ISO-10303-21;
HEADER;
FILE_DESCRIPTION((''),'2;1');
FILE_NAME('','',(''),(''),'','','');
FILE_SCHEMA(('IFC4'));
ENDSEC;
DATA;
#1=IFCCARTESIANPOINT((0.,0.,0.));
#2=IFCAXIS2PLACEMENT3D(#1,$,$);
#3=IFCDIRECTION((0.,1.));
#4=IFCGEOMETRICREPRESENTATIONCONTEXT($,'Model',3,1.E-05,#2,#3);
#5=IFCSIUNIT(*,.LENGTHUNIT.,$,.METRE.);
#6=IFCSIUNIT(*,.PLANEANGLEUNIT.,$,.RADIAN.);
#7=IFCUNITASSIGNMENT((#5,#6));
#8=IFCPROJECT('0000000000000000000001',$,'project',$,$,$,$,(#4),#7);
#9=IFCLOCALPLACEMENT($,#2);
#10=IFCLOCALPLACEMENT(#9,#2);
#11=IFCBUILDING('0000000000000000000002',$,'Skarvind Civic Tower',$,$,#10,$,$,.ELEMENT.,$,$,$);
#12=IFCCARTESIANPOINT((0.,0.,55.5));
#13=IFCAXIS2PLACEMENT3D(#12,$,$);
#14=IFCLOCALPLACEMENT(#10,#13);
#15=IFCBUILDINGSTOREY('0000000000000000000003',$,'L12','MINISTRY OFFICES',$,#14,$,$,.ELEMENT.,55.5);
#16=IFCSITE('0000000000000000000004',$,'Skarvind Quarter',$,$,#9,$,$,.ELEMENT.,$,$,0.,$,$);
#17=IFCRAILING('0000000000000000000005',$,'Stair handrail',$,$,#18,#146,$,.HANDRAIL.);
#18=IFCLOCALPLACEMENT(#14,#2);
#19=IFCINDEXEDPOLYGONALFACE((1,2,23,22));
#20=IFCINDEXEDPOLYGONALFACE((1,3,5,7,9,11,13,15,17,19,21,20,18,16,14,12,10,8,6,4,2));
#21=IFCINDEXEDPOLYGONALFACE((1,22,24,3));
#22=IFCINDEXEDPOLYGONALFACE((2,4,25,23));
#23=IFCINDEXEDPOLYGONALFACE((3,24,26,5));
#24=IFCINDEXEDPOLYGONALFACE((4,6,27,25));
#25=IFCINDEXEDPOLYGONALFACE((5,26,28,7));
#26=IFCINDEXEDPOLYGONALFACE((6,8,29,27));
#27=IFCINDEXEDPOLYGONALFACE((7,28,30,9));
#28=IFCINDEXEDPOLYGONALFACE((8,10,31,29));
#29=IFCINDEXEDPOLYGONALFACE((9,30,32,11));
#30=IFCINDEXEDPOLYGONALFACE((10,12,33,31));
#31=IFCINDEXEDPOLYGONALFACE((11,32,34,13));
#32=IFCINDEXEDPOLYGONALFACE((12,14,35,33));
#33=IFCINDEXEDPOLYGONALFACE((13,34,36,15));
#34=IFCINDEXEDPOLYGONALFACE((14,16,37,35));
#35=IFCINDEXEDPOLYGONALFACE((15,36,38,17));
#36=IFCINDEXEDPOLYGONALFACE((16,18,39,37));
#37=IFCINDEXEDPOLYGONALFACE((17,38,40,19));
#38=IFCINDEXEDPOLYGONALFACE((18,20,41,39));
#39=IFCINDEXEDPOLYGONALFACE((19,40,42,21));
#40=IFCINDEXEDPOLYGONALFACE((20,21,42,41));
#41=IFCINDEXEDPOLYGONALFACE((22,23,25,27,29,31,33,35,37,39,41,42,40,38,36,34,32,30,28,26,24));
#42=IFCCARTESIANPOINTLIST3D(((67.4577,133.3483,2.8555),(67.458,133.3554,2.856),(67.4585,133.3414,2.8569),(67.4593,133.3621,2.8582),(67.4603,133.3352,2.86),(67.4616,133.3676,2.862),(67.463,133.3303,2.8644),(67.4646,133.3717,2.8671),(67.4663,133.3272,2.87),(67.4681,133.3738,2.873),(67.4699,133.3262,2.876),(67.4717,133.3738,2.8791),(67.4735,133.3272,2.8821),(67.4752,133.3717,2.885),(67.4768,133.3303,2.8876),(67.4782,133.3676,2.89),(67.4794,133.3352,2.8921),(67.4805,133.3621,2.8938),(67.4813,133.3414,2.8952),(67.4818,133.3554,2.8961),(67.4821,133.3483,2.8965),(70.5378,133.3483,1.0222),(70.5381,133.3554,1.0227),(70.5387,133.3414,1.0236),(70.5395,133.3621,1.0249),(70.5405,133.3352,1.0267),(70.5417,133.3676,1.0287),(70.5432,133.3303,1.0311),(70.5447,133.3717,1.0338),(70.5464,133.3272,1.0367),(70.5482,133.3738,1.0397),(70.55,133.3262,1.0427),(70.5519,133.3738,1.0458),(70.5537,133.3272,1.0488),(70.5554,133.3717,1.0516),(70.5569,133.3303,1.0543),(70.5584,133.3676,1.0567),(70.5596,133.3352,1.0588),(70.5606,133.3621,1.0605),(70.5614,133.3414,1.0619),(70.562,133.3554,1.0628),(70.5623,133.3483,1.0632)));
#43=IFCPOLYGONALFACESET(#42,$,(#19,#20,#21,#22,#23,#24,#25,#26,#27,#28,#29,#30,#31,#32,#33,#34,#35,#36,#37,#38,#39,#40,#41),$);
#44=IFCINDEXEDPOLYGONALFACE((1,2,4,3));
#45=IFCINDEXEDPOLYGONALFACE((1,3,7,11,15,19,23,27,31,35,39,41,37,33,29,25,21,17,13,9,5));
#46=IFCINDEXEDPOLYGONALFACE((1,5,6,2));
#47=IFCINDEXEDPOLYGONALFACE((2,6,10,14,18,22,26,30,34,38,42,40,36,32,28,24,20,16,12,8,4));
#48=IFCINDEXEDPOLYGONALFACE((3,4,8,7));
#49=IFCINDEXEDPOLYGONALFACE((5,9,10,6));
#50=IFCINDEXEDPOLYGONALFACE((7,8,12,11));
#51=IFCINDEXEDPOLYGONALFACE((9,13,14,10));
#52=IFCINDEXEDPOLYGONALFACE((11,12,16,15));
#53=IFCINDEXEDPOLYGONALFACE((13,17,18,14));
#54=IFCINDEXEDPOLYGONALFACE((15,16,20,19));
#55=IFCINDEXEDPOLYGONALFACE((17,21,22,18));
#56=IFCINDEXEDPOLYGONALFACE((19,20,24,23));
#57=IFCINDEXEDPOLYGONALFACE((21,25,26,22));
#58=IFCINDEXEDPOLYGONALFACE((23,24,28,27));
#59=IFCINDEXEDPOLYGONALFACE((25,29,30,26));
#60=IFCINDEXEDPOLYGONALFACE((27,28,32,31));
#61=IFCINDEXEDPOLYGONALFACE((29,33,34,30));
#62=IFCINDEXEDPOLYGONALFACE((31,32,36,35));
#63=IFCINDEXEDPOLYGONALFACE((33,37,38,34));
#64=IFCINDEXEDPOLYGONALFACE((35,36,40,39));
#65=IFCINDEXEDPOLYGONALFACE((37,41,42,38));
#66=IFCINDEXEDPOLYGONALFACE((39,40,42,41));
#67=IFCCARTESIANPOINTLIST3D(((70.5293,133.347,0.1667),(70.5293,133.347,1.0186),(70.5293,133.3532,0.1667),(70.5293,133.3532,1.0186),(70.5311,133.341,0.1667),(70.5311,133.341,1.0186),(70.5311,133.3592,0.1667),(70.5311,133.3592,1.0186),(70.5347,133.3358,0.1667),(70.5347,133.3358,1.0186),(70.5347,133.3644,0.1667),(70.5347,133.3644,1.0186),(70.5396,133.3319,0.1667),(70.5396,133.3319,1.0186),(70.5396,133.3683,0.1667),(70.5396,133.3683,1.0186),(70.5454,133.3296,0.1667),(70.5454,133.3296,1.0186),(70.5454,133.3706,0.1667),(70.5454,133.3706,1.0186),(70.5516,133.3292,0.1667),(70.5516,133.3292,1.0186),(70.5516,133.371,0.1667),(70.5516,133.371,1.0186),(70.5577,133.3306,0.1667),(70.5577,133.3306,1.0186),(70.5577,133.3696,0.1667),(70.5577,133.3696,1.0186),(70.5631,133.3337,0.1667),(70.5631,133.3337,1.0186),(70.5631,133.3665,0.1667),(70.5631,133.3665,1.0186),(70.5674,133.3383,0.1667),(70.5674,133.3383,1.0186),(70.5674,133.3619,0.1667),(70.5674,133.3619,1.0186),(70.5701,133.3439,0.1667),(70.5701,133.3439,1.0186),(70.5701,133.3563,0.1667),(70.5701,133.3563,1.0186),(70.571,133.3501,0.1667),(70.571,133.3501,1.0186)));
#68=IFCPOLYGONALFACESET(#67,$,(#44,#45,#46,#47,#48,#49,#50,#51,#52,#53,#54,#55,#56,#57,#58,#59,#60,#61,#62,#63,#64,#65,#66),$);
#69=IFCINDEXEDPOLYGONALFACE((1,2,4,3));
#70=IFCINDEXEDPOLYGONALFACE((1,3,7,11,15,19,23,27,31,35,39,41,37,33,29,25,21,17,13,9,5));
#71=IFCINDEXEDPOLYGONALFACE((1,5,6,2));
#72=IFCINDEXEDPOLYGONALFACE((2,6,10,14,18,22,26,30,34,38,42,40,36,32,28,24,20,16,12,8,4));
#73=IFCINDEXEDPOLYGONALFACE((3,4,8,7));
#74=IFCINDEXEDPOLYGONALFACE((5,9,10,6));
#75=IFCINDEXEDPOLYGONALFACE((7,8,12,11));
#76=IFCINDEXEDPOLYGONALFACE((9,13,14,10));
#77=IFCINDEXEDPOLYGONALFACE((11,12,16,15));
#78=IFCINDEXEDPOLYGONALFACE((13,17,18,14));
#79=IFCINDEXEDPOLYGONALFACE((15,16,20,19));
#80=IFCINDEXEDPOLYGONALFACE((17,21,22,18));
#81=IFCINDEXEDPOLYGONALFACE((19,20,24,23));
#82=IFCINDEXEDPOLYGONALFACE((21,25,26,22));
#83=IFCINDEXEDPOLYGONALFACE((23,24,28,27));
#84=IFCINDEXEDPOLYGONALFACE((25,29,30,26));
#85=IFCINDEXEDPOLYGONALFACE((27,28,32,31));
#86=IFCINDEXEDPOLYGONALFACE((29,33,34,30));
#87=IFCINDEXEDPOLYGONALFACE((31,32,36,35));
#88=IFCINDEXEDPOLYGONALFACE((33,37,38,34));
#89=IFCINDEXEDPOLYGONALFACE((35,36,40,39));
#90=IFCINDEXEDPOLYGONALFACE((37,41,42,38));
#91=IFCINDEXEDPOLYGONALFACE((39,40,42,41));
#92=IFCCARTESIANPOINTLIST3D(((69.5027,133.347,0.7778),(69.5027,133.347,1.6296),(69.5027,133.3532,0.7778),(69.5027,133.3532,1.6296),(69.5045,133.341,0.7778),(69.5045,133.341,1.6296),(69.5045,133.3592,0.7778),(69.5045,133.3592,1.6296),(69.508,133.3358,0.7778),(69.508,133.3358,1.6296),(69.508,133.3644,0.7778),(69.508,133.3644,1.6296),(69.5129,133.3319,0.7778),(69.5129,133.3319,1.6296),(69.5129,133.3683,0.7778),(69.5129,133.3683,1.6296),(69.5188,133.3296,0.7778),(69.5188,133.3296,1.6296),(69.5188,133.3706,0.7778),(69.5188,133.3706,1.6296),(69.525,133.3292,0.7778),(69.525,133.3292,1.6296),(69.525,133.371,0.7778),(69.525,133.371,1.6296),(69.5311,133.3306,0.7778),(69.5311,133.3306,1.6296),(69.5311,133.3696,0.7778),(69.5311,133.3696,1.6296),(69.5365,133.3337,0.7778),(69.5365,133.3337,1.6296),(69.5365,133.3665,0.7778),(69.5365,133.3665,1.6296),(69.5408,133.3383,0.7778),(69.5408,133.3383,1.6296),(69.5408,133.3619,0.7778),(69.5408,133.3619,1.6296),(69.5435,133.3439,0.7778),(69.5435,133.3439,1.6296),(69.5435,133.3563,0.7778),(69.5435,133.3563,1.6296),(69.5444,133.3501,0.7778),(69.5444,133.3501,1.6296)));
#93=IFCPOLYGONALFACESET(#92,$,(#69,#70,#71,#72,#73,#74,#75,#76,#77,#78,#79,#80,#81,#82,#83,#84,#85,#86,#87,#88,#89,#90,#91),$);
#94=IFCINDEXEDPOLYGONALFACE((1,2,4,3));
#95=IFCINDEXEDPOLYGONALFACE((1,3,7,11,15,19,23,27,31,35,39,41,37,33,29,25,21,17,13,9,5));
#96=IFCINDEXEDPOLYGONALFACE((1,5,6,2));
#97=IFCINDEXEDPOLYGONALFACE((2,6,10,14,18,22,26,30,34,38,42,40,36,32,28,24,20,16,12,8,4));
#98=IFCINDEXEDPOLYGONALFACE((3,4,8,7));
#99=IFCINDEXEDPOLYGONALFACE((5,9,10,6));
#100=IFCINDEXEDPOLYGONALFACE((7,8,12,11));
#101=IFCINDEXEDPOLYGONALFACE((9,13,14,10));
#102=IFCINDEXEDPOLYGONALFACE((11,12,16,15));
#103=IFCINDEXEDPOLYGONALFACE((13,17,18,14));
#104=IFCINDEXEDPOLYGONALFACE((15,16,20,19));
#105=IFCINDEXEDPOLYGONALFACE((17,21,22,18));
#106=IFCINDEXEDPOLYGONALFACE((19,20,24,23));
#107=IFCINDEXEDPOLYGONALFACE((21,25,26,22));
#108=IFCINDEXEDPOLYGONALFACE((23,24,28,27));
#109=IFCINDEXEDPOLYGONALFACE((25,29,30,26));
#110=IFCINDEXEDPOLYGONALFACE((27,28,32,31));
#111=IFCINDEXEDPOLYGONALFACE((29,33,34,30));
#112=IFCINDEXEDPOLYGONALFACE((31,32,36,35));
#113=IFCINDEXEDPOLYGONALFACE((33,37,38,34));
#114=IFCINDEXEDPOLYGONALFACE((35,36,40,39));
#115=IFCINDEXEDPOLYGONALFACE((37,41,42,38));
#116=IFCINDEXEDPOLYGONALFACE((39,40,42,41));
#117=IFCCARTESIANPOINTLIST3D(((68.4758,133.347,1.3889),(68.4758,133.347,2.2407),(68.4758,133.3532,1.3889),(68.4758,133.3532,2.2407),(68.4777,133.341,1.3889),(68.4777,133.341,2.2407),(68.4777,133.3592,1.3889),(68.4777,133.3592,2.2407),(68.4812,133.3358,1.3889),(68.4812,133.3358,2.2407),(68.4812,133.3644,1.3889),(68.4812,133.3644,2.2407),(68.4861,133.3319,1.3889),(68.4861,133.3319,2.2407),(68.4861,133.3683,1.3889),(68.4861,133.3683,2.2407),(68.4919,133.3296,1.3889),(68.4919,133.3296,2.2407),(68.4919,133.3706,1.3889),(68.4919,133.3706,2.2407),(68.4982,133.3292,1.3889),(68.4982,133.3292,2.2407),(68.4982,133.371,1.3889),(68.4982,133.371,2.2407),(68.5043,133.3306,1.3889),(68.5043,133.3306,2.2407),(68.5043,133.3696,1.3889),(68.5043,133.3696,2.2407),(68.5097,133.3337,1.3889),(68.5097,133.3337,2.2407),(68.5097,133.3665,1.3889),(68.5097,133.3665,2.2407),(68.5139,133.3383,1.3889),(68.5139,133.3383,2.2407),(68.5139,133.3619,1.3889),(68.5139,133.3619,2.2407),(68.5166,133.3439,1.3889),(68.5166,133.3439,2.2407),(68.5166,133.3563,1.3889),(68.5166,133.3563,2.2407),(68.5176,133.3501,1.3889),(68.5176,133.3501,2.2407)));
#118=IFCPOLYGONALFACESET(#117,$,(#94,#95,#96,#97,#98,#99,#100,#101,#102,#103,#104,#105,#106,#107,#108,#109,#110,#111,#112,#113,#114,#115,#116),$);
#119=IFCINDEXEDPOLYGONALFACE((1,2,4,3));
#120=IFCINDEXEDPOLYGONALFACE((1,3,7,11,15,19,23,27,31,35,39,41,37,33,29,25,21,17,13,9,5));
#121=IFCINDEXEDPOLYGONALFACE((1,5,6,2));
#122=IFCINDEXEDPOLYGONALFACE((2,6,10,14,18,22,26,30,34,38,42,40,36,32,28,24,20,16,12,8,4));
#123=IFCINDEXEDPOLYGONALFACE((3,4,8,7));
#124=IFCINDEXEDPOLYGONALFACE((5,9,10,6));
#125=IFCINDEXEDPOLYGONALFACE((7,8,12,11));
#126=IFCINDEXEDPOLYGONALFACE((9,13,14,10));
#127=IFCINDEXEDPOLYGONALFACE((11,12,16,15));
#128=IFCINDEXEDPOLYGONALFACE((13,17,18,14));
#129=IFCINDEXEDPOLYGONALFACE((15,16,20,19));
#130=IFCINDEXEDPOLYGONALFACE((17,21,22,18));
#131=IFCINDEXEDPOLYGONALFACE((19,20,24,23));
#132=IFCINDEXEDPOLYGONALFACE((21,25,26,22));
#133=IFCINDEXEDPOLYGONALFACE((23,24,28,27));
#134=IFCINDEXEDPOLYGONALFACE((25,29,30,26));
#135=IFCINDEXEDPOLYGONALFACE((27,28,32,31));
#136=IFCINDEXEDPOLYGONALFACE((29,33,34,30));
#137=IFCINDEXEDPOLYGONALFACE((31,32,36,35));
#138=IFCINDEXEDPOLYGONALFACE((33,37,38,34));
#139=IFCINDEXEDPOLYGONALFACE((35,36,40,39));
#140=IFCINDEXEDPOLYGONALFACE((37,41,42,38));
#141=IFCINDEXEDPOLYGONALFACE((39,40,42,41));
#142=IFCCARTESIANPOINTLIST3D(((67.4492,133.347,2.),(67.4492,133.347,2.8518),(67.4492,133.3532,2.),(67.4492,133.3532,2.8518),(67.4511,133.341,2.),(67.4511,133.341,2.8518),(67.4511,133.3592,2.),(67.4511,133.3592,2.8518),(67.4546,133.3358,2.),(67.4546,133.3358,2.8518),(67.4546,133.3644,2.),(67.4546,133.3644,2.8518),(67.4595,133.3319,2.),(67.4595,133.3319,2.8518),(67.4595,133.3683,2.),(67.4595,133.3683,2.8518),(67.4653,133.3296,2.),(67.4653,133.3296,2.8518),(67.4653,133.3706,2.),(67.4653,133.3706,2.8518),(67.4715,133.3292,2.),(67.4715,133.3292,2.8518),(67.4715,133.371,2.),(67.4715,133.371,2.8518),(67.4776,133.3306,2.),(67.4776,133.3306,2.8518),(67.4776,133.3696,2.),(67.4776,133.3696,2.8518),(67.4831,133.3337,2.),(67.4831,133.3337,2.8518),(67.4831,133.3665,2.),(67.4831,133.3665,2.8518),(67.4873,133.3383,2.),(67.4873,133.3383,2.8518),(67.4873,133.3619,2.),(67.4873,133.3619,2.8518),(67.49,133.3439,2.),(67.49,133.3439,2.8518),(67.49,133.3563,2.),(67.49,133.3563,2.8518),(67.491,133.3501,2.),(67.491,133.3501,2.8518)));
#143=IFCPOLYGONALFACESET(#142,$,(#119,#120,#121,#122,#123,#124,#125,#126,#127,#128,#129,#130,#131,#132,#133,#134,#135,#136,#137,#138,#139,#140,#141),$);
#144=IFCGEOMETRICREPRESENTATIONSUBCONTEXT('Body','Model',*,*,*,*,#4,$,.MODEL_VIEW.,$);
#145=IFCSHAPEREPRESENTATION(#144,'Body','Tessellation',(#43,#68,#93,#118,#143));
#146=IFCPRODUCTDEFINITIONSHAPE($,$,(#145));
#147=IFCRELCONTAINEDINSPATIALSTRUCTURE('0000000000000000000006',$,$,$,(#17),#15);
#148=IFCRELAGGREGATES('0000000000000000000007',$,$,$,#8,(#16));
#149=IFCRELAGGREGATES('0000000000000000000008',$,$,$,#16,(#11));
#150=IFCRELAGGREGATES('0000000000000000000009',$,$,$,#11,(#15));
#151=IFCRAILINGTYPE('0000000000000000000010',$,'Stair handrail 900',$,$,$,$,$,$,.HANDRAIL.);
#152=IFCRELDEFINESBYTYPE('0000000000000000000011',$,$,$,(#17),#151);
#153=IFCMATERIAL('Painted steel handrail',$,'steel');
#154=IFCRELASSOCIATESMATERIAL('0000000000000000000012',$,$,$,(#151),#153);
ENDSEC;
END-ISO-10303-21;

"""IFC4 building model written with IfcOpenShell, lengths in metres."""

from ifc_helpers import new_model, si_unit, direction, frame, origin, origin_2d, place, context, subcontext, project, spatial, circle, extrude, material, type_object, element, save


model = new_model("IFC4")

# Units and contexts
model_context = context("Model", 3, precision=1e-05, world=origin(), true_north=direction((0.0, 1.0)))
body_context = subcontext(model_context, "Body", "Model", "MODEL_VIEW")
ifc_project = project(units=[si_unit("LENGTHUNIT", "METRE"), si_unit("PLANEANGLEUNIT", "RADIAN")], contexts=[model_context])

# Site, building, storey
site_placement = place(None, origin())
site = spatial("IfcSite", under=ifc_project, at=site_placement, Name="Skarvind Quarter", CompositionType="ELEMENT", RefElevation=0.0)
building_placement = place(site_placement, origin())
building = spatial("IfcBuilding", under=site, at=building_placement, Name="Skarvind Civic Tower", CompositionType="ELEMENT")
storey_placement = place(building_placement, frame((0.0, 0.0, 55.5)))
storey = spatial("IfcBuildingStorey", under=building, at=storey_placement, Name="L12", Description="MINISTRY OFFICES", CompositionType="ELEMENT", Elevation=55.5)

# Railing
ifc_material_1 = material(Name="Painted steel handrail", Category="steel")
railing_type_1 = type_object("IfcRailingType", Name="Stair handrail 900", PredefinedType="HANDRAIL", material=ifc_material_1)
railing_1_placement = place(storey_placement, frame((70.55, 133.3501, 0.1667)))
element("IfcRailing", 1, at=railing_1_placement, inside=storey, type_object=railing_type_1, Name="Stair handrail", PredefinedType="HANDRAIL", context=body_context, shape_type="SweptSolid", body=[
    extrude(circle(Radius=0.0239, at=origin_2d()), frame((0.0, 0.0, 0.876), z_axis=(-0.859309, 0.0, 0.511458), x_axis=(0.0, -1.0, 0.0)), (0.0, 0.0, 1.0), 3.5845),
    extrude(circle(Radius=0.021, at=origin_2d()), origin(), (0.0, 0.0, 1.0), 0.8518),
    extrude(circle(Radius=0.021, at=origin_2d()), frame((-1.0266, 0.0, 0.6111)), (0.0, 0.0, 1.0), 0.8518),
    extrude(circle(Radius=0.021, at=origin_2d()), frame((-2.0535, 0.0, 1.2222)), (0.0, 0.0, 1.0), 0.8518),
    extrude(circle(Radius=0.021, at=origin_2d()), frame((-3.0801, 0.0, 1.8333)), (0.0, 0.0, 1.0), 0.8518),
])

save(model, "model.ifc")
